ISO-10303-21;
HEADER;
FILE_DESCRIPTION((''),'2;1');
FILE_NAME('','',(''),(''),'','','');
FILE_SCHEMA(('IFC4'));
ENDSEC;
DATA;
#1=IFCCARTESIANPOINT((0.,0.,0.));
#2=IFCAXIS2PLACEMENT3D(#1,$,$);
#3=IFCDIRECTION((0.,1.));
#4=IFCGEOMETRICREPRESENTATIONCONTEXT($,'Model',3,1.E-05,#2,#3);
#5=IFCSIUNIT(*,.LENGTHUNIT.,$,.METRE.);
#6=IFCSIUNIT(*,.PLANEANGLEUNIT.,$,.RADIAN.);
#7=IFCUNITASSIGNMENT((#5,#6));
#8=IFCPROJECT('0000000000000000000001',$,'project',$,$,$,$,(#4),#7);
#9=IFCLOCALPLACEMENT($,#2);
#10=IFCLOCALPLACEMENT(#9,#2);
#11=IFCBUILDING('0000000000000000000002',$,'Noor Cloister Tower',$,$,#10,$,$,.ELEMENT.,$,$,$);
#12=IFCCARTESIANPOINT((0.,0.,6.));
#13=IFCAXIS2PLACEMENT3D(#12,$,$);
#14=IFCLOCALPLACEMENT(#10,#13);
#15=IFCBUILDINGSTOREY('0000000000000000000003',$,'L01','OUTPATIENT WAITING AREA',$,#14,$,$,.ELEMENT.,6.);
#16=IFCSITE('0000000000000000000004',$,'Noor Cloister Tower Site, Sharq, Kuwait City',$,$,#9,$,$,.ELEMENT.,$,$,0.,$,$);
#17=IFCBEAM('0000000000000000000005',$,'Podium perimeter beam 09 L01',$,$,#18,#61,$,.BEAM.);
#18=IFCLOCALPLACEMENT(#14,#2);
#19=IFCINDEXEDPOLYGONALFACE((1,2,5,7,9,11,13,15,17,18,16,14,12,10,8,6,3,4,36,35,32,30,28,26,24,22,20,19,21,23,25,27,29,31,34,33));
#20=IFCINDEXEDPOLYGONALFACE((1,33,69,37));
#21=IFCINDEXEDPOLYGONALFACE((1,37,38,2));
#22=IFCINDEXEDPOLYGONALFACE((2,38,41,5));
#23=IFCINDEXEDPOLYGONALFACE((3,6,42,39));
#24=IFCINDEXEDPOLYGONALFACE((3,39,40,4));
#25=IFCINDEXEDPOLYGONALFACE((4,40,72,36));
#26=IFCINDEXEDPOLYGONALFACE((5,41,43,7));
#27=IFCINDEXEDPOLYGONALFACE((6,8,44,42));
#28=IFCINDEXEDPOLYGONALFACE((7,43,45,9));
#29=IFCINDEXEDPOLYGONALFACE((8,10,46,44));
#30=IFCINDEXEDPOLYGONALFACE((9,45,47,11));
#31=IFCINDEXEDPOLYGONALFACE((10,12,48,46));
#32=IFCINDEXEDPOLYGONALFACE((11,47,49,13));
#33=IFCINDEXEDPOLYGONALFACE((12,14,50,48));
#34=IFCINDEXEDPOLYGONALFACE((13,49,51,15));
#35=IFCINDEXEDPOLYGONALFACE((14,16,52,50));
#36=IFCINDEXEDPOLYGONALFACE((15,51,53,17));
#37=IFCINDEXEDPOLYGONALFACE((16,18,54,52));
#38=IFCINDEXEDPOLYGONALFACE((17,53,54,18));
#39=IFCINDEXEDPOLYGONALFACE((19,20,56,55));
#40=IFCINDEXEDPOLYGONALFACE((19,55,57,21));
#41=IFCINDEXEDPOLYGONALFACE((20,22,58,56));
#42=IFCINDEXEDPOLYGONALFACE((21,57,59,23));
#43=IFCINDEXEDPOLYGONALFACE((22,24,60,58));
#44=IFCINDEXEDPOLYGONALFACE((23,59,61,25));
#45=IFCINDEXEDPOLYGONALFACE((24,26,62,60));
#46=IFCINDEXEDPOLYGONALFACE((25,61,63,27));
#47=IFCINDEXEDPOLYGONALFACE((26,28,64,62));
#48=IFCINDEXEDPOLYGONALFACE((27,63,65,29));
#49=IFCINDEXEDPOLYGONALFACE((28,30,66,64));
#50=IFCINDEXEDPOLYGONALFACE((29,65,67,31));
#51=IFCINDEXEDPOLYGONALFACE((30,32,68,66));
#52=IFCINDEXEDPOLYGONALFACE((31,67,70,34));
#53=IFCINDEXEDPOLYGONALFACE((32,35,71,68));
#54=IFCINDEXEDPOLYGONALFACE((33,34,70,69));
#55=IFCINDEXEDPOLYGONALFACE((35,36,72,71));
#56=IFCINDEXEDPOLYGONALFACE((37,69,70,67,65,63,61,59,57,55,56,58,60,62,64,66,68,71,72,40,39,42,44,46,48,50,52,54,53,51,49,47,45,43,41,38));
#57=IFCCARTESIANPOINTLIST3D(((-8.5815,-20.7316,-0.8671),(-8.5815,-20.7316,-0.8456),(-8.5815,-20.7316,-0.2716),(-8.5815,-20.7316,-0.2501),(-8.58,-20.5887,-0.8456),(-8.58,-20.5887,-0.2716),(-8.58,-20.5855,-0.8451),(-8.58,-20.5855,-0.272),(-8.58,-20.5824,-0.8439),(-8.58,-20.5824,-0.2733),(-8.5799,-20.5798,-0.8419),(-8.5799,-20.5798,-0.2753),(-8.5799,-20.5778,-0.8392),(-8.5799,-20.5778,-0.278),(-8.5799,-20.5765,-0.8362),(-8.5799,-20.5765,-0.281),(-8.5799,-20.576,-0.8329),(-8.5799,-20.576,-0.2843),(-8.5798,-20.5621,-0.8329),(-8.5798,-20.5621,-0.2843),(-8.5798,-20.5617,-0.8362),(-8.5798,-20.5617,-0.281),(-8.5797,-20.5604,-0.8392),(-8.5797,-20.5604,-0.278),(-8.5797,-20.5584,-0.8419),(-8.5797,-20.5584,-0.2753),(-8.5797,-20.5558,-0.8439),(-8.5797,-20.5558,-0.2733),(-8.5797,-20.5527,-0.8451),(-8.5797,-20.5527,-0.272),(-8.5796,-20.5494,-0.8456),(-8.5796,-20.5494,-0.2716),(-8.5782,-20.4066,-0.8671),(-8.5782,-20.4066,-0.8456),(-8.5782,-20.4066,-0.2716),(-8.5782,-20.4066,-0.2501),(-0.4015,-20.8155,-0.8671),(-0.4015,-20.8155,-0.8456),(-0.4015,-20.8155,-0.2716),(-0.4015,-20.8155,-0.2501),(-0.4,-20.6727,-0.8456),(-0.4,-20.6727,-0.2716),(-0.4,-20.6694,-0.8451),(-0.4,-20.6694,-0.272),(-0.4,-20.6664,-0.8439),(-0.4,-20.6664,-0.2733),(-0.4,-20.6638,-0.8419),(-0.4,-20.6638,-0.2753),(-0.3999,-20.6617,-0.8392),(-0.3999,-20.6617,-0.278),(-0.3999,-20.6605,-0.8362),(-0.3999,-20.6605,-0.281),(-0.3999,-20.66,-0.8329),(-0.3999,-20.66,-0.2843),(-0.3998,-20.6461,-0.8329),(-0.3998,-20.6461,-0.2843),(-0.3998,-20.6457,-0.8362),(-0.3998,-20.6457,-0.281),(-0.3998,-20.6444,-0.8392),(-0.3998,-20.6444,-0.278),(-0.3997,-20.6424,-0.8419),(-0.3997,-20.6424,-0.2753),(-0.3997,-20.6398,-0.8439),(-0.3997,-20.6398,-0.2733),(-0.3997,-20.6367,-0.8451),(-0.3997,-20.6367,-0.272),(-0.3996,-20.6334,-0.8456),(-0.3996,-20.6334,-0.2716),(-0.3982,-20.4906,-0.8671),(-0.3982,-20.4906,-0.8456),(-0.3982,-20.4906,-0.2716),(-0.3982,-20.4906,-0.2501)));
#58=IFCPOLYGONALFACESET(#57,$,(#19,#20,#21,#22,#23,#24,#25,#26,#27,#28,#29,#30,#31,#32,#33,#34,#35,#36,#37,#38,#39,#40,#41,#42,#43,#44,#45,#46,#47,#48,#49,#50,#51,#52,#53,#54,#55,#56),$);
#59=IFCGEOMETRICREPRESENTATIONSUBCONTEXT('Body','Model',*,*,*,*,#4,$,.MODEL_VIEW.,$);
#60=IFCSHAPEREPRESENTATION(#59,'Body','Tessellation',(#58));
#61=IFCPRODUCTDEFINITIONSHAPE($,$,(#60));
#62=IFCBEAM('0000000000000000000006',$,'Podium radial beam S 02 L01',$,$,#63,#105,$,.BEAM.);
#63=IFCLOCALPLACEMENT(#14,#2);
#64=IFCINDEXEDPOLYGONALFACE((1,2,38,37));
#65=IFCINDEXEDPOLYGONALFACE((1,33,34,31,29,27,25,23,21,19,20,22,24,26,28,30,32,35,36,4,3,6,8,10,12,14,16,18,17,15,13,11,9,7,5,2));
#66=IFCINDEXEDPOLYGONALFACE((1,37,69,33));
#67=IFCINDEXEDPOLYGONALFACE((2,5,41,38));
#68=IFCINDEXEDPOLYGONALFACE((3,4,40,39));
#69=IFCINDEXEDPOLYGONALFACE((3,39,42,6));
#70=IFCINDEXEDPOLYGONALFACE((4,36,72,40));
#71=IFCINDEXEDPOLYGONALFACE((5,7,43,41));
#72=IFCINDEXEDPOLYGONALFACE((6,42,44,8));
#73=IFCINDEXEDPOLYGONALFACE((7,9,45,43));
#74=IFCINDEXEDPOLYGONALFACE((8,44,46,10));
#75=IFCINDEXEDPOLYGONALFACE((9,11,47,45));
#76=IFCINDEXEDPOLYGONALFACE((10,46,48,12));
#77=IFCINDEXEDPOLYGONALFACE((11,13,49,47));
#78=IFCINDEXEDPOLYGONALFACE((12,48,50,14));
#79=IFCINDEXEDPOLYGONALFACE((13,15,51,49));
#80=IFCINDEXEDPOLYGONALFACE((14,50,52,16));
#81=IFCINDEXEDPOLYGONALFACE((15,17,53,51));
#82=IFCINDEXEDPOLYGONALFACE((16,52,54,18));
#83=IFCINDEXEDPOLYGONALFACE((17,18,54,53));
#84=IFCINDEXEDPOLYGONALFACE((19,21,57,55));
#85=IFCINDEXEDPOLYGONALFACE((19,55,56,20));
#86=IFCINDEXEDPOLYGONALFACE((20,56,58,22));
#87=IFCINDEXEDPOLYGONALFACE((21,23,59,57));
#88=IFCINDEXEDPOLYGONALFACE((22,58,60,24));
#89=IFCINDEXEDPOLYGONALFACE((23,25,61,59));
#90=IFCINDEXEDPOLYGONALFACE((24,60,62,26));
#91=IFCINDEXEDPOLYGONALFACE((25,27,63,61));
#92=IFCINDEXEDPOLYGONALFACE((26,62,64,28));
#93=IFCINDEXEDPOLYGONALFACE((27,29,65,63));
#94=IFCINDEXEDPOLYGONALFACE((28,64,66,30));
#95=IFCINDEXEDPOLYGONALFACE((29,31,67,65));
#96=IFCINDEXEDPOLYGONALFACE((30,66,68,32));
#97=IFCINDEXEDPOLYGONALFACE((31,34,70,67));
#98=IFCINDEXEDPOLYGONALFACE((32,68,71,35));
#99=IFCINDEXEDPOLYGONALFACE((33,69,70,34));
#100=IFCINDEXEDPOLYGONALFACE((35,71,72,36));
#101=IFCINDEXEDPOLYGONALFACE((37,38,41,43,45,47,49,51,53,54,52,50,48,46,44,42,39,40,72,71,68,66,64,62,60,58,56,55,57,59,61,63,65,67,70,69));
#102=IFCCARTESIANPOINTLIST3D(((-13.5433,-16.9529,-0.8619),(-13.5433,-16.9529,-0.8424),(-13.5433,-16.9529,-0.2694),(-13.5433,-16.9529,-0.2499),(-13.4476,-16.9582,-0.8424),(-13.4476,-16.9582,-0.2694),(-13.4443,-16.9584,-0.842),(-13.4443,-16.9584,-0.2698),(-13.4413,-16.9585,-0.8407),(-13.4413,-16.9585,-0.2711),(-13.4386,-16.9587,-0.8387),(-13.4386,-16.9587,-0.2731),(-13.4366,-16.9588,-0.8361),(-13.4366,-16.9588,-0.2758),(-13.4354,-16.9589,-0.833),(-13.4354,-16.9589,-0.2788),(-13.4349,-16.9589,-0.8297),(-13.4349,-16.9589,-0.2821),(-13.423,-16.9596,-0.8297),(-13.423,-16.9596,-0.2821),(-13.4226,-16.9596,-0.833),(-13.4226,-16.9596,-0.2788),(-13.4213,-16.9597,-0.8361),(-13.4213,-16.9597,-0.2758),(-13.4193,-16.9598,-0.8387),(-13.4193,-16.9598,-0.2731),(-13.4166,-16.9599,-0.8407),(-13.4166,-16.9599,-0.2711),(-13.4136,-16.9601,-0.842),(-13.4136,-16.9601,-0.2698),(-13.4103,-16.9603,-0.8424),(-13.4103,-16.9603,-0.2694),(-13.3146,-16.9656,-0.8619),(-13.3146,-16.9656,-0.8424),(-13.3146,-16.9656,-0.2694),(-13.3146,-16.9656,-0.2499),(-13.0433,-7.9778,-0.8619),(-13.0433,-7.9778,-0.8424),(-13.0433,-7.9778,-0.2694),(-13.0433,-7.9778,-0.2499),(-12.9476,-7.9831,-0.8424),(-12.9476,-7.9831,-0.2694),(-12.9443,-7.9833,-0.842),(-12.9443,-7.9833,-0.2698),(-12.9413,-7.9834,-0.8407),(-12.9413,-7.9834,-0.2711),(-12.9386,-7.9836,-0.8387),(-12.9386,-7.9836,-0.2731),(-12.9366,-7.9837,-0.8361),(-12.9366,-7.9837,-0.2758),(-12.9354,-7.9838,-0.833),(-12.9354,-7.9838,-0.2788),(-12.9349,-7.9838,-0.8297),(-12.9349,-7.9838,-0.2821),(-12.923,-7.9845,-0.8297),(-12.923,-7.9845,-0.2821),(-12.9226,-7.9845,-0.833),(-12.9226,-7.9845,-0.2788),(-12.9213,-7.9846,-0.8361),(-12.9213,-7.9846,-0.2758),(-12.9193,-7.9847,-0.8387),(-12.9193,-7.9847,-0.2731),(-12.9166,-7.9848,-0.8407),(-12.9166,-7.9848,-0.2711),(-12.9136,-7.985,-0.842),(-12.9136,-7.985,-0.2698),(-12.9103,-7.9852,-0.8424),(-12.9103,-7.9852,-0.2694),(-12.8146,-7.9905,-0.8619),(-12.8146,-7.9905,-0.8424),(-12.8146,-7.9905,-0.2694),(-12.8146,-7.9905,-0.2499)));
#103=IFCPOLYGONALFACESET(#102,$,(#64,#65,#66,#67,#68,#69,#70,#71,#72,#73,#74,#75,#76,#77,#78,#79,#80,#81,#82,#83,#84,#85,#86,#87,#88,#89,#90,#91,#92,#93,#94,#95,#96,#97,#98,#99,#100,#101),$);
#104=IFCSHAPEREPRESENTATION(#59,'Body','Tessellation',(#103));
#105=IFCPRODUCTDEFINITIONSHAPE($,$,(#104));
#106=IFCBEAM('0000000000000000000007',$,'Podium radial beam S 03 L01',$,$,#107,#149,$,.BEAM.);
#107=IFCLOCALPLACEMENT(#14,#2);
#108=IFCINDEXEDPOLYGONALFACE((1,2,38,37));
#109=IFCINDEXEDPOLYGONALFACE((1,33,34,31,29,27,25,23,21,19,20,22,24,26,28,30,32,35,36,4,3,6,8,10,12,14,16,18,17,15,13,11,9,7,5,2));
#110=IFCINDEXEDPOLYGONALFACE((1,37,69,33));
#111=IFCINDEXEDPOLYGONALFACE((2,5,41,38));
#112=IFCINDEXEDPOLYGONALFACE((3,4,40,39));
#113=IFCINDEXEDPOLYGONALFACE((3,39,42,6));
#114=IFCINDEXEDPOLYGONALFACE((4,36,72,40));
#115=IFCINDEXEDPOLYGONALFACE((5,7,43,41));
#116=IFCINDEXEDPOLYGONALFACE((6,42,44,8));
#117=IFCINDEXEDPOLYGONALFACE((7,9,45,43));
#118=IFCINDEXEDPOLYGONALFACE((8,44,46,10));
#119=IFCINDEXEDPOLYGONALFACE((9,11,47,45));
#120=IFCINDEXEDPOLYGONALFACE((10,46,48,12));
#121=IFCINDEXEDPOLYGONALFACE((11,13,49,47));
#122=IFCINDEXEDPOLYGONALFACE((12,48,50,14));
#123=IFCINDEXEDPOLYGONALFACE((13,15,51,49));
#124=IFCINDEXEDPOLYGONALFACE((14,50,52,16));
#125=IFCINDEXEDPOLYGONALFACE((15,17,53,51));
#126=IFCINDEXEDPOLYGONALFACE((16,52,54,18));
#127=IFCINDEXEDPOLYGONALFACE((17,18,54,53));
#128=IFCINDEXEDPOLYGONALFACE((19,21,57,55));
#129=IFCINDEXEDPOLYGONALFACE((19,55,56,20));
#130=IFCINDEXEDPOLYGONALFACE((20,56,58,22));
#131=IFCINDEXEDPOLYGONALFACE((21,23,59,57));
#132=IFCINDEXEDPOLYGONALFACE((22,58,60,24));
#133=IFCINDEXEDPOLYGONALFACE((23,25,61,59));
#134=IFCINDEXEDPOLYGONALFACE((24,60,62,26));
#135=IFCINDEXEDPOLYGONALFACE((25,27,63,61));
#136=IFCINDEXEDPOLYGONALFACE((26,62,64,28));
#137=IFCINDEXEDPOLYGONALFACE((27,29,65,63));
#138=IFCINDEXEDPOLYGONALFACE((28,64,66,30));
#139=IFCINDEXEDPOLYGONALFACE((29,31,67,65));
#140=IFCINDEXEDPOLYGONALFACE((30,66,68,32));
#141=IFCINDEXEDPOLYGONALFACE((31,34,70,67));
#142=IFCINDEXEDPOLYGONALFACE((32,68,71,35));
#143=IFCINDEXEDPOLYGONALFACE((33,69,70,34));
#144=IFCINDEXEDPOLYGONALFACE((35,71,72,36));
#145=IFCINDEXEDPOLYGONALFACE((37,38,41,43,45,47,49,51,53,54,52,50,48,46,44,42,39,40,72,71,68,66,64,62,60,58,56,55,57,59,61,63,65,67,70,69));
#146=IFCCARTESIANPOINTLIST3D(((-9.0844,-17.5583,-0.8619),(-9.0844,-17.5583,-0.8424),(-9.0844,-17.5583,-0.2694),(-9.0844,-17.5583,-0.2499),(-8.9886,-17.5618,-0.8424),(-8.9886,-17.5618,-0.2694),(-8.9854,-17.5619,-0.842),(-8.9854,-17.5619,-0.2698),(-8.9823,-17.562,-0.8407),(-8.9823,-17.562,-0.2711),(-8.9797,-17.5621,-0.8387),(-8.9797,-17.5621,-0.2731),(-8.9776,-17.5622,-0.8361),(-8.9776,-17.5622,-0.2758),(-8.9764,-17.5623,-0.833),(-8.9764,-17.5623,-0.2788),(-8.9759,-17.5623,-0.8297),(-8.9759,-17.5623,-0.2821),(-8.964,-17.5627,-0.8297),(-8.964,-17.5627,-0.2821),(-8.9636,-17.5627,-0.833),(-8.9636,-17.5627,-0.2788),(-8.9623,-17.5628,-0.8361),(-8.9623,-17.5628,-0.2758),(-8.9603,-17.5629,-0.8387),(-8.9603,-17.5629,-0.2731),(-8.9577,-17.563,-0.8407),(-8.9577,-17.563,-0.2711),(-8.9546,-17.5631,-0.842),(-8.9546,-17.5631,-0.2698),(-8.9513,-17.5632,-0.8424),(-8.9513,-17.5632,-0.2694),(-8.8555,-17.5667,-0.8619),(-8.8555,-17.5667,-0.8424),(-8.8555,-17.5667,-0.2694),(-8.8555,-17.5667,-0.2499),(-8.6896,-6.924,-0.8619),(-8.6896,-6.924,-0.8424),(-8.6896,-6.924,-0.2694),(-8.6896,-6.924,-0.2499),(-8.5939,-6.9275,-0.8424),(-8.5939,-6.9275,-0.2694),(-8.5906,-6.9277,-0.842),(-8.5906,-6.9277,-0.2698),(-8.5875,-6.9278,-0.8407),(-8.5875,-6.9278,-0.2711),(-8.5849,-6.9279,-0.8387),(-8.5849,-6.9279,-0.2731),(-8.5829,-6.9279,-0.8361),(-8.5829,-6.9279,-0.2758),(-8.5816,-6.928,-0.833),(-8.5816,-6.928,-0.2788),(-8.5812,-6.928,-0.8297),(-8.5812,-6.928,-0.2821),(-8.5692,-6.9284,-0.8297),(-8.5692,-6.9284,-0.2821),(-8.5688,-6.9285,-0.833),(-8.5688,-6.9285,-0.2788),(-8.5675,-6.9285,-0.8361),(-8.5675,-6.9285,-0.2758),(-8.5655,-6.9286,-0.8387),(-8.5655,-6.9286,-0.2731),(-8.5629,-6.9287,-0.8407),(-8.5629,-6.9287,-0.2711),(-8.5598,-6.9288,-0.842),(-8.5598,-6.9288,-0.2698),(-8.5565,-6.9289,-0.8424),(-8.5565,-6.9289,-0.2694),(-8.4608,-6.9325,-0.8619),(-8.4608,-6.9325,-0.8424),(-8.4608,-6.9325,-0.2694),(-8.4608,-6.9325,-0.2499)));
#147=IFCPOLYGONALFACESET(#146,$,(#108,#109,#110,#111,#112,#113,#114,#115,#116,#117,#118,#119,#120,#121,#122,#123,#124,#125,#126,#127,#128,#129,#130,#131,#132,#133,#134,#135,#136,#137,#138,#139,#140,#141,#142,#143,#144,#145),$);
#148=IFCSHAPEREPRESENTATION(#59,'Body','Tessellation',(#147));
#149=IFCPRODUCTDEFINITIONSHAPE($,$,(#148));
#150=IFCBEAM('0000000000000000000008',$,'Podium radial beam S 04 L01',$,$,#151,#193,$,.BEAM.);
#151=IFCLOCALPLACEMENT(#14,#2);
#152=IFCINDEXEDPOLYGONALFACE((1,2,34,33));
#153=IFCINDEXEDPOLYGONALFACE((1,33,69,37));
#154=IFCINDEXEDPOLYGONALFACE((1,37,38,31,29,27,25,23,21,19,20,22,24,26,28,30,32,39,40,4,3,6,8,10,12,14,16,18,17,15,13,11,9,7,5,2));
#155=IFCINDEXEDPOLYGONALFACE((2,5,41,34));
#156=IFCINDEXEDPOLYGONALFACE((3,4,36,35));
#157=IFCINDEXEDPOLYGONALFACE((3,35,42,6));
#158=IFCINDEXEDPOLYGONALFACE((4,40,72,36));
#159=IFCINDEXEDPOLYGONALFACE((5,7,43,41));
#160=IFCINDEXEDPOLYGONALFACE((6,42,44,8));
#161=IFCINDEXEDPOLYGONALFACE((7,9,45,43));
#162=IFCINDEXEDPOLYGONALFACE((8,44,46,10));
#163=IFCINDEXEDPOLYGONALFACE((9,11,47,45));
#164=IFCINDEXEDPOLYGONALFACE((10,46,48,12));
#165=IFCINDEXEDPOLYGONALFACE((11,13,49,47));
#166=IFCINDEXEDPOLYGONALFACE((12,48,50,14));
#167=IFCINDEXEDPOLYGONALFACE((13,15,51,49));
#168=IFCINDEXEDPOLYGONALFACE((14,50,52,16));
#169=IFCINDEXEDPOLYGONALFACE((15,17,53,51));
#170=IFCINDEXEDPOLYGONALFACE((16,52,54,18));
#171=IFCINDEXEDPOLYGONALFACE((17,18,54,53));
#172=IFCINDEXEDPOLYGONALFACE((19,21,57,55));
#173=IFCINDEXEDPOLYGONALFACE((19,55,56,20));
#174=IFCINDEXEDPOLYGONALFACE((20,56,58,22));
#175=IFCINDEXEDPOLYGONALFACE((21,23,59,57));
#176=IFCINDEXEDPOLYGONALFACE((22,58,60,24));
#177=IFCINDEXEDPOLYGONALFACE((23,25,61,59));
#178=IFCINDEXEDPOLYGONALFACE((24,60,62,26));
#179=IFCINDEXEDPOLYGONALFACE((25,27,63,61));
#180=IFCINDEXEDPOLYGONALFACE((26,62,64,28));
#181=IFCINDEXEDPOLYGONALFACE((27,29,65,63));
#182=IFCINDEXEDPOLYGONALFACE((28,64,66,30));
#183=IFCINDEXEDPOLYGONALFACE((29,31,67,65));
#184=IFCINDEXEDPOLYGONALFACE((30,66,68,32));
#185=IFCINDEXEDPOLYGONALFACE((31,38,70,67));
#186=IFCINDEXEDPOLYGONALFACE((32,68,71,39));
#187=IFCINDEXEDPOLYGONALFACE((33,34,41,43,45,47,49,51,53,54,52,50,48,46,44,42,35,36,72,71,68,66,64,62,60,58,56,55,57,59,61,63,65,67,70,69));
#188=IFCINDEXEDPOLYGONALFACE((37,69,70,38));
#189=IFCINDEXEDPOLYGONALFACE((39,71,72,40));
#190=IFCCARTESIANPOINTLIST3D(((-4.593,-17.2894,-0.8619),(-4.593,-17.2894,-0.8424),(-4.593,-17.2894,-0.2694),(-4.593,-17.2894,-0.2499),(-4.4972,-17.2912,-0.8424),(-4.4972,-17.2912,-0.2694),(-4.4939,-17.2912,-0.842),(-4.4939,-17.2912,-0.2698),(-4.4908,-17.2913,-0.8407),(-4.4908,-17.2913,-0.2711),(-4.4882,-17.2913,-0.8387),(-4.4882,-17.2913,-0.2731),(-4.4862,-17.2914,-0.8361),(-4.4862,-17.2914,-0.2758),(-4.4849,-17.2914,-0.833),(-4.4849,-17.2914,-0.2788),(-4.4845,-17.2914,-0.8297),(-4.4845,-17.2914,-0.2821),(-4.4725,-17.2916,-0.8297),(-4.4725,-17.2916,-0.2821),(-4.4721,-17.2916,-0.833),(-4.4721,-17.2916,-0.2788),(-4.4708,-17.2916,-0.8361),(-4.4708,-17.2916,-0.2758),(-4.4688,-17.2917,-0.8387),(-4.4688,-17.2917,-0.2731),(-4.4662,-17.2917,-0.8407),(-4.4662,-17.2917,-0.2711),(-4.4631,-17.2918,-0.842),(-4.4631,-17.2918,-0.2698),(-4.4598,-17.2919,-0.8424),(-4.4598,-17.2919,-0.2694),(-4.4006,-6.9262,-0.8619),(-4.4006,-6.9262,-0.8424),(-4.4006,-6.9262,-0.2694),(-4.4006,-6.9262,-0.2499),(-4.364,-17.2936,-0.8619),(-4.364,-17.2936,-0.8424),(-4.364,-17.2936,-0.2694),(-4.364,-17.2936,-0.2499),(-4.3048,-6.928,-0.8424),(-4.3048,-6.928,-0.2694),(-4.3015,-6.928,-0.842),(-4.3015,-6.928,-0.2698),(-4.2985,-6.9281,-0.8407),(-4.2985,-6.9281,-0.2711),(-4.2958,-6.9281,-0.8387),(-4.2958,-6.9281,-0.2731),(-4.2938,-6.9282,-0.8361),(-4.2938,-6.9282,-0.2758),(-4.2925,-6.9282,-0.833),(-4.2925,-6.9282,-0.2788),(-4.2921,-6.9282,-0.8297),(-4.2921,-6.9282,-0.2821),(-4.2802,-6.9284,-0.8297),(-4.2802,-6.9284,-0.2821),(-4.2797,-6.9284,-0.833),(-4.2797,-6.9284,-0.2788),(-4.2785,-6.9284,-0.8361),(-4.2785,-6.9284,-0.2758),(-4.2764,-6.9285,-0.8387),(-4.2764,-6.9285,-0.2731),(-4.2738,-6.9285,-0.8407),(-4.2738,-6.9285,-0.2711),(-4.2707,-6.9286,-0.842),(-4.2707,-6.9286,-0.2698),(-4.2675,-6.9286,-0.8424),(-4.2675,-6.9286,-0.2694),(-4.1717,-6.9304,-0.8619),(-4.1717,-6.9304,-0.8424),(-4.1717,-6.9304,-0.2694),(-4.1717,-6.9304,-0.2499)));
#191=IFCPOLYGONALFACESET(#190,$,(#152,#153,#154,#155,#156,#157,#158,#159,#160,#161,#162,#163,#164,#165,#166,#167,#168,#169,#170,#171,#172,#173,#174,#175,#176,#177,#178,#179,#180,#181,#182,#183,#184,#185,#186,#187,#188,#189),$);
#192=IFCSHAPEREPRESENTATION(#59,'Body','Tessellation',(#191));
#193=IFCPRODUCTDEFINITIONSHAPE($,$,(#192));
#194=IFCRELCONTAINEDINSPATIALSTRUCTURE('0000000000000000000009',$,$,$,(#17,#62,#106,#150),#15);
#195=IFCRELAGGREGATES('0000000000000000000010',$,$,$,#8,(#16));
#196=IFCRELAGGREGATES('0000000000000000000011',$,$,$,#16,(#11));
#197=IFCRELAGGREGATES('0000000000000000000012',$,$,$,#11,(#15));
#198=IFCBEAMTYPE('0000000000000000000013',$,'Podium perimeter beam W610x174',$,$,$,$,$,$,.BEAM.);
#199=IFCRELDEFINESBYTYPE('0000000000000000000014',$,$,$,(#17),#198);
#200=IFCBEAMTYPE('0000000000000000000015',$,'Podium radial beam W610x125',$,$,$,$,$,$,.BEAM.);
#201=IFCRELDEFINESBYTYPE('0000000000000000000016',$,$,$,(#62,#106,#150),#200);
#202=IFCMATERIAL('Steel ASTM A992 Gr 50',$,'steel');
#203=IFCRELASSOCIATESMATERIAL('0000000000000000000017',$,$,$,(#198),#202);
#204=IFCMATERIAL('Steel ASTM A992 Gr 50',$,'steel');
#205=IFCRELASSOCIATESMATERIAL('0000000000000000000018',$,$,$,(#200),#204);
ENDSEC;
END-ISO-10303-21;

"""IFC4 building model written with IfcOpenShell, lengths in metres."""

from ifc_helpers import new_model, si_unit, direction, frame, origin, origin_2d, place, context, subcontext, project, spatial, i_section, extrude, material, material_profile, profile_set, type_object, element, save


model = new_model("IFC4")

# Units and contexts
model_context = context("Model", 3, precision=1e-05, world=origin(), true_north=direction((0.0, 1.0)))
body_context = subcontext(model_context, "Body", "Model", "MODEL_VIEW")
ifc_project = project(units=[si_unit("LENGTHUNIT", "METRE"), si_unit("PLANEANGLEUNIT", "RADIAN")], contexts=[model_context])

# Site, building, storey
site_placement = place(None, origin())
site = spatial("IfcSite", under=ifc_project, at=site_placement, Name="Noor Cloister Tower Site, Sharq, Kuwait City", CompositionType="ELEMENT", RefElevation=0.0)
building_placement = place(site_placement, origin())
building = spatial("IfcBuilding", under=site, at=building_placement, Name="Noor Cloister Tower", CompositionType="ELEMENT")
storey_placement = place(building_placement, frame((0.0, 0.0, 6.0)))
storey = spatial("IfcBuildingStorey", under=building, at=storey_placement, Name="L01", Description="OUTPATIENT WAITING AREA", CompositionType="ELEMENT", Elevation=6.0)

# Beams
ifc_material_1 = material(Name="Steel ASTM A992 Gr 50", Category="steel")
ifc_material_profile_1 = material_profile(ifc_material_1, i_section(OverallWidth=0.325, OverallDepth=0.6169, WebThickness=0.0139, FlangeThickness=0.0215, FilletRadius=0.0127, at=origin_2d()), Name="W610x174")
ifc_profile_set_1 = profile_set([ifc_material_profile_1], Name="Steel ASTM A992 Gr 50")
beam_type_1 = type_object("IfcBeamType", Name="Podium perimeter beam W610x174", PredefinedType="BEAM", material=ifc_profile_set_1)
beam_1_placement = place(storey_placement, frame((-8.5798, -20.5691, -0.5586), z_axis=(0.999947, -0.010267, 0.0), x_axis=(0.010267, 0.999947, 0.0)))
element("IfcBeam", 1, at=beam_1_placement, inside=storey, type_object=beam_type_1, Name="Podium perimeter beam 09 L01", PredefinedType="BEAM", context=body_context, shape_type="SweptSolid", body=[
    extrude(i_section(OverallWidth=0.325, OverallDepth=0.6169, WebThickness=0.0139, FlangeThickness=0.0215, FilletRadius=0.0127, at=origin_2d()), origin(), (0.0, 0.0, 1.0), 8.1804),
])
ifc_material_2 = material(Name="Steel ASTM A992 Gr 50", Category="steel")
ifc_material_profile_2 = material_profile(ifc_material_2, i_section(OverallWidth=0.229, OverallDepth=0.6121, WebThickness=0.012, FlangeThickness=0.0195, FilletRadius=0.0127, at=origin_2d()), Name="W610x125")
ifc_profile_set_2 = profile_set([ifc_material_profile_2], Name="Steel ASTM A992 Gr 50")
beam_type_2 = type_object("IfcBeamType", Name="Podium radial beam W610x125", PredefinedType="BEAM", material=ifc_profile_set_2)
beam_2_placement = place(storey_placement, frame((-13.429, -16.9592, -0.5559), z_axis=(0.055623, 0.998452, 0.0), x_axis=(-0.998452, 0.055623, 0.0)))
element("IfcBeam", 2, at=beam_2_placement, inside=storey, type_object=beam_type_2, Name="Podium radial beam S 02 L01", PredefinedType="BEAM", context=body_context, shape_type="SweptSolid", body=[
    extrude(i_section(OverallWidth=0.229, OverallDepth=0.6121, WebThickness=0.012, FlangeThickness=0.0195, FilletRadius=0.0127, at=origin_2d()), origin(), (0.0, 0.0, 1.0), 8.989),
])
beam_3_placement = place(storey_placement, frame((-8.97, -17.5625, -0.5559), z_axis=(0.037097, 0.999312, 0.0), x_axis=(-0.999312, 0.037097, 0.0)))
element("IfcBeam", 3, at=beam_3_placement, inside=storey, type_object=beam_type_2, Name="Podium radial beam S 03 L01", PredefinedType="BEAM", context=body_context, shape_type="SweptSolid", body=[
    extrude(i_section(OverallWidth=0.229, OverallDepth=0.6121, WebThickness=0.012, FlangeThickness=0.0195, FilletRadius=0.0127, at=origin_2d()), origin(), (0.0, 0.0, 1.0), 10.6416),
])
beam_4_placement = place(storey_placement, frame((-4.4785, -17.2915, -0.5559), z_axis=(0.018561, 0.999828, 0.0), x_axis=(-0.999828, 0.018561, 0.0)))
element("IfcBeam", 4, at=beam_4_placement, inside=storey, type_object=beam_type_2, Name="Podium radial beam S 04 L01", PredefinedType="BEAM", context=body_context, shape_type="SweptSolid", body=[
    extrude(i_section(OverallWidth=0.229, OverallDepth=0.6121, WebThickness=0.012, FlangeThickness=0.0195, FilletRadius=0.0127, at=origin_2d()), origin(), (0.0, 0.0, 1.0), 10.365),
])

save(model, "model.ifc")
